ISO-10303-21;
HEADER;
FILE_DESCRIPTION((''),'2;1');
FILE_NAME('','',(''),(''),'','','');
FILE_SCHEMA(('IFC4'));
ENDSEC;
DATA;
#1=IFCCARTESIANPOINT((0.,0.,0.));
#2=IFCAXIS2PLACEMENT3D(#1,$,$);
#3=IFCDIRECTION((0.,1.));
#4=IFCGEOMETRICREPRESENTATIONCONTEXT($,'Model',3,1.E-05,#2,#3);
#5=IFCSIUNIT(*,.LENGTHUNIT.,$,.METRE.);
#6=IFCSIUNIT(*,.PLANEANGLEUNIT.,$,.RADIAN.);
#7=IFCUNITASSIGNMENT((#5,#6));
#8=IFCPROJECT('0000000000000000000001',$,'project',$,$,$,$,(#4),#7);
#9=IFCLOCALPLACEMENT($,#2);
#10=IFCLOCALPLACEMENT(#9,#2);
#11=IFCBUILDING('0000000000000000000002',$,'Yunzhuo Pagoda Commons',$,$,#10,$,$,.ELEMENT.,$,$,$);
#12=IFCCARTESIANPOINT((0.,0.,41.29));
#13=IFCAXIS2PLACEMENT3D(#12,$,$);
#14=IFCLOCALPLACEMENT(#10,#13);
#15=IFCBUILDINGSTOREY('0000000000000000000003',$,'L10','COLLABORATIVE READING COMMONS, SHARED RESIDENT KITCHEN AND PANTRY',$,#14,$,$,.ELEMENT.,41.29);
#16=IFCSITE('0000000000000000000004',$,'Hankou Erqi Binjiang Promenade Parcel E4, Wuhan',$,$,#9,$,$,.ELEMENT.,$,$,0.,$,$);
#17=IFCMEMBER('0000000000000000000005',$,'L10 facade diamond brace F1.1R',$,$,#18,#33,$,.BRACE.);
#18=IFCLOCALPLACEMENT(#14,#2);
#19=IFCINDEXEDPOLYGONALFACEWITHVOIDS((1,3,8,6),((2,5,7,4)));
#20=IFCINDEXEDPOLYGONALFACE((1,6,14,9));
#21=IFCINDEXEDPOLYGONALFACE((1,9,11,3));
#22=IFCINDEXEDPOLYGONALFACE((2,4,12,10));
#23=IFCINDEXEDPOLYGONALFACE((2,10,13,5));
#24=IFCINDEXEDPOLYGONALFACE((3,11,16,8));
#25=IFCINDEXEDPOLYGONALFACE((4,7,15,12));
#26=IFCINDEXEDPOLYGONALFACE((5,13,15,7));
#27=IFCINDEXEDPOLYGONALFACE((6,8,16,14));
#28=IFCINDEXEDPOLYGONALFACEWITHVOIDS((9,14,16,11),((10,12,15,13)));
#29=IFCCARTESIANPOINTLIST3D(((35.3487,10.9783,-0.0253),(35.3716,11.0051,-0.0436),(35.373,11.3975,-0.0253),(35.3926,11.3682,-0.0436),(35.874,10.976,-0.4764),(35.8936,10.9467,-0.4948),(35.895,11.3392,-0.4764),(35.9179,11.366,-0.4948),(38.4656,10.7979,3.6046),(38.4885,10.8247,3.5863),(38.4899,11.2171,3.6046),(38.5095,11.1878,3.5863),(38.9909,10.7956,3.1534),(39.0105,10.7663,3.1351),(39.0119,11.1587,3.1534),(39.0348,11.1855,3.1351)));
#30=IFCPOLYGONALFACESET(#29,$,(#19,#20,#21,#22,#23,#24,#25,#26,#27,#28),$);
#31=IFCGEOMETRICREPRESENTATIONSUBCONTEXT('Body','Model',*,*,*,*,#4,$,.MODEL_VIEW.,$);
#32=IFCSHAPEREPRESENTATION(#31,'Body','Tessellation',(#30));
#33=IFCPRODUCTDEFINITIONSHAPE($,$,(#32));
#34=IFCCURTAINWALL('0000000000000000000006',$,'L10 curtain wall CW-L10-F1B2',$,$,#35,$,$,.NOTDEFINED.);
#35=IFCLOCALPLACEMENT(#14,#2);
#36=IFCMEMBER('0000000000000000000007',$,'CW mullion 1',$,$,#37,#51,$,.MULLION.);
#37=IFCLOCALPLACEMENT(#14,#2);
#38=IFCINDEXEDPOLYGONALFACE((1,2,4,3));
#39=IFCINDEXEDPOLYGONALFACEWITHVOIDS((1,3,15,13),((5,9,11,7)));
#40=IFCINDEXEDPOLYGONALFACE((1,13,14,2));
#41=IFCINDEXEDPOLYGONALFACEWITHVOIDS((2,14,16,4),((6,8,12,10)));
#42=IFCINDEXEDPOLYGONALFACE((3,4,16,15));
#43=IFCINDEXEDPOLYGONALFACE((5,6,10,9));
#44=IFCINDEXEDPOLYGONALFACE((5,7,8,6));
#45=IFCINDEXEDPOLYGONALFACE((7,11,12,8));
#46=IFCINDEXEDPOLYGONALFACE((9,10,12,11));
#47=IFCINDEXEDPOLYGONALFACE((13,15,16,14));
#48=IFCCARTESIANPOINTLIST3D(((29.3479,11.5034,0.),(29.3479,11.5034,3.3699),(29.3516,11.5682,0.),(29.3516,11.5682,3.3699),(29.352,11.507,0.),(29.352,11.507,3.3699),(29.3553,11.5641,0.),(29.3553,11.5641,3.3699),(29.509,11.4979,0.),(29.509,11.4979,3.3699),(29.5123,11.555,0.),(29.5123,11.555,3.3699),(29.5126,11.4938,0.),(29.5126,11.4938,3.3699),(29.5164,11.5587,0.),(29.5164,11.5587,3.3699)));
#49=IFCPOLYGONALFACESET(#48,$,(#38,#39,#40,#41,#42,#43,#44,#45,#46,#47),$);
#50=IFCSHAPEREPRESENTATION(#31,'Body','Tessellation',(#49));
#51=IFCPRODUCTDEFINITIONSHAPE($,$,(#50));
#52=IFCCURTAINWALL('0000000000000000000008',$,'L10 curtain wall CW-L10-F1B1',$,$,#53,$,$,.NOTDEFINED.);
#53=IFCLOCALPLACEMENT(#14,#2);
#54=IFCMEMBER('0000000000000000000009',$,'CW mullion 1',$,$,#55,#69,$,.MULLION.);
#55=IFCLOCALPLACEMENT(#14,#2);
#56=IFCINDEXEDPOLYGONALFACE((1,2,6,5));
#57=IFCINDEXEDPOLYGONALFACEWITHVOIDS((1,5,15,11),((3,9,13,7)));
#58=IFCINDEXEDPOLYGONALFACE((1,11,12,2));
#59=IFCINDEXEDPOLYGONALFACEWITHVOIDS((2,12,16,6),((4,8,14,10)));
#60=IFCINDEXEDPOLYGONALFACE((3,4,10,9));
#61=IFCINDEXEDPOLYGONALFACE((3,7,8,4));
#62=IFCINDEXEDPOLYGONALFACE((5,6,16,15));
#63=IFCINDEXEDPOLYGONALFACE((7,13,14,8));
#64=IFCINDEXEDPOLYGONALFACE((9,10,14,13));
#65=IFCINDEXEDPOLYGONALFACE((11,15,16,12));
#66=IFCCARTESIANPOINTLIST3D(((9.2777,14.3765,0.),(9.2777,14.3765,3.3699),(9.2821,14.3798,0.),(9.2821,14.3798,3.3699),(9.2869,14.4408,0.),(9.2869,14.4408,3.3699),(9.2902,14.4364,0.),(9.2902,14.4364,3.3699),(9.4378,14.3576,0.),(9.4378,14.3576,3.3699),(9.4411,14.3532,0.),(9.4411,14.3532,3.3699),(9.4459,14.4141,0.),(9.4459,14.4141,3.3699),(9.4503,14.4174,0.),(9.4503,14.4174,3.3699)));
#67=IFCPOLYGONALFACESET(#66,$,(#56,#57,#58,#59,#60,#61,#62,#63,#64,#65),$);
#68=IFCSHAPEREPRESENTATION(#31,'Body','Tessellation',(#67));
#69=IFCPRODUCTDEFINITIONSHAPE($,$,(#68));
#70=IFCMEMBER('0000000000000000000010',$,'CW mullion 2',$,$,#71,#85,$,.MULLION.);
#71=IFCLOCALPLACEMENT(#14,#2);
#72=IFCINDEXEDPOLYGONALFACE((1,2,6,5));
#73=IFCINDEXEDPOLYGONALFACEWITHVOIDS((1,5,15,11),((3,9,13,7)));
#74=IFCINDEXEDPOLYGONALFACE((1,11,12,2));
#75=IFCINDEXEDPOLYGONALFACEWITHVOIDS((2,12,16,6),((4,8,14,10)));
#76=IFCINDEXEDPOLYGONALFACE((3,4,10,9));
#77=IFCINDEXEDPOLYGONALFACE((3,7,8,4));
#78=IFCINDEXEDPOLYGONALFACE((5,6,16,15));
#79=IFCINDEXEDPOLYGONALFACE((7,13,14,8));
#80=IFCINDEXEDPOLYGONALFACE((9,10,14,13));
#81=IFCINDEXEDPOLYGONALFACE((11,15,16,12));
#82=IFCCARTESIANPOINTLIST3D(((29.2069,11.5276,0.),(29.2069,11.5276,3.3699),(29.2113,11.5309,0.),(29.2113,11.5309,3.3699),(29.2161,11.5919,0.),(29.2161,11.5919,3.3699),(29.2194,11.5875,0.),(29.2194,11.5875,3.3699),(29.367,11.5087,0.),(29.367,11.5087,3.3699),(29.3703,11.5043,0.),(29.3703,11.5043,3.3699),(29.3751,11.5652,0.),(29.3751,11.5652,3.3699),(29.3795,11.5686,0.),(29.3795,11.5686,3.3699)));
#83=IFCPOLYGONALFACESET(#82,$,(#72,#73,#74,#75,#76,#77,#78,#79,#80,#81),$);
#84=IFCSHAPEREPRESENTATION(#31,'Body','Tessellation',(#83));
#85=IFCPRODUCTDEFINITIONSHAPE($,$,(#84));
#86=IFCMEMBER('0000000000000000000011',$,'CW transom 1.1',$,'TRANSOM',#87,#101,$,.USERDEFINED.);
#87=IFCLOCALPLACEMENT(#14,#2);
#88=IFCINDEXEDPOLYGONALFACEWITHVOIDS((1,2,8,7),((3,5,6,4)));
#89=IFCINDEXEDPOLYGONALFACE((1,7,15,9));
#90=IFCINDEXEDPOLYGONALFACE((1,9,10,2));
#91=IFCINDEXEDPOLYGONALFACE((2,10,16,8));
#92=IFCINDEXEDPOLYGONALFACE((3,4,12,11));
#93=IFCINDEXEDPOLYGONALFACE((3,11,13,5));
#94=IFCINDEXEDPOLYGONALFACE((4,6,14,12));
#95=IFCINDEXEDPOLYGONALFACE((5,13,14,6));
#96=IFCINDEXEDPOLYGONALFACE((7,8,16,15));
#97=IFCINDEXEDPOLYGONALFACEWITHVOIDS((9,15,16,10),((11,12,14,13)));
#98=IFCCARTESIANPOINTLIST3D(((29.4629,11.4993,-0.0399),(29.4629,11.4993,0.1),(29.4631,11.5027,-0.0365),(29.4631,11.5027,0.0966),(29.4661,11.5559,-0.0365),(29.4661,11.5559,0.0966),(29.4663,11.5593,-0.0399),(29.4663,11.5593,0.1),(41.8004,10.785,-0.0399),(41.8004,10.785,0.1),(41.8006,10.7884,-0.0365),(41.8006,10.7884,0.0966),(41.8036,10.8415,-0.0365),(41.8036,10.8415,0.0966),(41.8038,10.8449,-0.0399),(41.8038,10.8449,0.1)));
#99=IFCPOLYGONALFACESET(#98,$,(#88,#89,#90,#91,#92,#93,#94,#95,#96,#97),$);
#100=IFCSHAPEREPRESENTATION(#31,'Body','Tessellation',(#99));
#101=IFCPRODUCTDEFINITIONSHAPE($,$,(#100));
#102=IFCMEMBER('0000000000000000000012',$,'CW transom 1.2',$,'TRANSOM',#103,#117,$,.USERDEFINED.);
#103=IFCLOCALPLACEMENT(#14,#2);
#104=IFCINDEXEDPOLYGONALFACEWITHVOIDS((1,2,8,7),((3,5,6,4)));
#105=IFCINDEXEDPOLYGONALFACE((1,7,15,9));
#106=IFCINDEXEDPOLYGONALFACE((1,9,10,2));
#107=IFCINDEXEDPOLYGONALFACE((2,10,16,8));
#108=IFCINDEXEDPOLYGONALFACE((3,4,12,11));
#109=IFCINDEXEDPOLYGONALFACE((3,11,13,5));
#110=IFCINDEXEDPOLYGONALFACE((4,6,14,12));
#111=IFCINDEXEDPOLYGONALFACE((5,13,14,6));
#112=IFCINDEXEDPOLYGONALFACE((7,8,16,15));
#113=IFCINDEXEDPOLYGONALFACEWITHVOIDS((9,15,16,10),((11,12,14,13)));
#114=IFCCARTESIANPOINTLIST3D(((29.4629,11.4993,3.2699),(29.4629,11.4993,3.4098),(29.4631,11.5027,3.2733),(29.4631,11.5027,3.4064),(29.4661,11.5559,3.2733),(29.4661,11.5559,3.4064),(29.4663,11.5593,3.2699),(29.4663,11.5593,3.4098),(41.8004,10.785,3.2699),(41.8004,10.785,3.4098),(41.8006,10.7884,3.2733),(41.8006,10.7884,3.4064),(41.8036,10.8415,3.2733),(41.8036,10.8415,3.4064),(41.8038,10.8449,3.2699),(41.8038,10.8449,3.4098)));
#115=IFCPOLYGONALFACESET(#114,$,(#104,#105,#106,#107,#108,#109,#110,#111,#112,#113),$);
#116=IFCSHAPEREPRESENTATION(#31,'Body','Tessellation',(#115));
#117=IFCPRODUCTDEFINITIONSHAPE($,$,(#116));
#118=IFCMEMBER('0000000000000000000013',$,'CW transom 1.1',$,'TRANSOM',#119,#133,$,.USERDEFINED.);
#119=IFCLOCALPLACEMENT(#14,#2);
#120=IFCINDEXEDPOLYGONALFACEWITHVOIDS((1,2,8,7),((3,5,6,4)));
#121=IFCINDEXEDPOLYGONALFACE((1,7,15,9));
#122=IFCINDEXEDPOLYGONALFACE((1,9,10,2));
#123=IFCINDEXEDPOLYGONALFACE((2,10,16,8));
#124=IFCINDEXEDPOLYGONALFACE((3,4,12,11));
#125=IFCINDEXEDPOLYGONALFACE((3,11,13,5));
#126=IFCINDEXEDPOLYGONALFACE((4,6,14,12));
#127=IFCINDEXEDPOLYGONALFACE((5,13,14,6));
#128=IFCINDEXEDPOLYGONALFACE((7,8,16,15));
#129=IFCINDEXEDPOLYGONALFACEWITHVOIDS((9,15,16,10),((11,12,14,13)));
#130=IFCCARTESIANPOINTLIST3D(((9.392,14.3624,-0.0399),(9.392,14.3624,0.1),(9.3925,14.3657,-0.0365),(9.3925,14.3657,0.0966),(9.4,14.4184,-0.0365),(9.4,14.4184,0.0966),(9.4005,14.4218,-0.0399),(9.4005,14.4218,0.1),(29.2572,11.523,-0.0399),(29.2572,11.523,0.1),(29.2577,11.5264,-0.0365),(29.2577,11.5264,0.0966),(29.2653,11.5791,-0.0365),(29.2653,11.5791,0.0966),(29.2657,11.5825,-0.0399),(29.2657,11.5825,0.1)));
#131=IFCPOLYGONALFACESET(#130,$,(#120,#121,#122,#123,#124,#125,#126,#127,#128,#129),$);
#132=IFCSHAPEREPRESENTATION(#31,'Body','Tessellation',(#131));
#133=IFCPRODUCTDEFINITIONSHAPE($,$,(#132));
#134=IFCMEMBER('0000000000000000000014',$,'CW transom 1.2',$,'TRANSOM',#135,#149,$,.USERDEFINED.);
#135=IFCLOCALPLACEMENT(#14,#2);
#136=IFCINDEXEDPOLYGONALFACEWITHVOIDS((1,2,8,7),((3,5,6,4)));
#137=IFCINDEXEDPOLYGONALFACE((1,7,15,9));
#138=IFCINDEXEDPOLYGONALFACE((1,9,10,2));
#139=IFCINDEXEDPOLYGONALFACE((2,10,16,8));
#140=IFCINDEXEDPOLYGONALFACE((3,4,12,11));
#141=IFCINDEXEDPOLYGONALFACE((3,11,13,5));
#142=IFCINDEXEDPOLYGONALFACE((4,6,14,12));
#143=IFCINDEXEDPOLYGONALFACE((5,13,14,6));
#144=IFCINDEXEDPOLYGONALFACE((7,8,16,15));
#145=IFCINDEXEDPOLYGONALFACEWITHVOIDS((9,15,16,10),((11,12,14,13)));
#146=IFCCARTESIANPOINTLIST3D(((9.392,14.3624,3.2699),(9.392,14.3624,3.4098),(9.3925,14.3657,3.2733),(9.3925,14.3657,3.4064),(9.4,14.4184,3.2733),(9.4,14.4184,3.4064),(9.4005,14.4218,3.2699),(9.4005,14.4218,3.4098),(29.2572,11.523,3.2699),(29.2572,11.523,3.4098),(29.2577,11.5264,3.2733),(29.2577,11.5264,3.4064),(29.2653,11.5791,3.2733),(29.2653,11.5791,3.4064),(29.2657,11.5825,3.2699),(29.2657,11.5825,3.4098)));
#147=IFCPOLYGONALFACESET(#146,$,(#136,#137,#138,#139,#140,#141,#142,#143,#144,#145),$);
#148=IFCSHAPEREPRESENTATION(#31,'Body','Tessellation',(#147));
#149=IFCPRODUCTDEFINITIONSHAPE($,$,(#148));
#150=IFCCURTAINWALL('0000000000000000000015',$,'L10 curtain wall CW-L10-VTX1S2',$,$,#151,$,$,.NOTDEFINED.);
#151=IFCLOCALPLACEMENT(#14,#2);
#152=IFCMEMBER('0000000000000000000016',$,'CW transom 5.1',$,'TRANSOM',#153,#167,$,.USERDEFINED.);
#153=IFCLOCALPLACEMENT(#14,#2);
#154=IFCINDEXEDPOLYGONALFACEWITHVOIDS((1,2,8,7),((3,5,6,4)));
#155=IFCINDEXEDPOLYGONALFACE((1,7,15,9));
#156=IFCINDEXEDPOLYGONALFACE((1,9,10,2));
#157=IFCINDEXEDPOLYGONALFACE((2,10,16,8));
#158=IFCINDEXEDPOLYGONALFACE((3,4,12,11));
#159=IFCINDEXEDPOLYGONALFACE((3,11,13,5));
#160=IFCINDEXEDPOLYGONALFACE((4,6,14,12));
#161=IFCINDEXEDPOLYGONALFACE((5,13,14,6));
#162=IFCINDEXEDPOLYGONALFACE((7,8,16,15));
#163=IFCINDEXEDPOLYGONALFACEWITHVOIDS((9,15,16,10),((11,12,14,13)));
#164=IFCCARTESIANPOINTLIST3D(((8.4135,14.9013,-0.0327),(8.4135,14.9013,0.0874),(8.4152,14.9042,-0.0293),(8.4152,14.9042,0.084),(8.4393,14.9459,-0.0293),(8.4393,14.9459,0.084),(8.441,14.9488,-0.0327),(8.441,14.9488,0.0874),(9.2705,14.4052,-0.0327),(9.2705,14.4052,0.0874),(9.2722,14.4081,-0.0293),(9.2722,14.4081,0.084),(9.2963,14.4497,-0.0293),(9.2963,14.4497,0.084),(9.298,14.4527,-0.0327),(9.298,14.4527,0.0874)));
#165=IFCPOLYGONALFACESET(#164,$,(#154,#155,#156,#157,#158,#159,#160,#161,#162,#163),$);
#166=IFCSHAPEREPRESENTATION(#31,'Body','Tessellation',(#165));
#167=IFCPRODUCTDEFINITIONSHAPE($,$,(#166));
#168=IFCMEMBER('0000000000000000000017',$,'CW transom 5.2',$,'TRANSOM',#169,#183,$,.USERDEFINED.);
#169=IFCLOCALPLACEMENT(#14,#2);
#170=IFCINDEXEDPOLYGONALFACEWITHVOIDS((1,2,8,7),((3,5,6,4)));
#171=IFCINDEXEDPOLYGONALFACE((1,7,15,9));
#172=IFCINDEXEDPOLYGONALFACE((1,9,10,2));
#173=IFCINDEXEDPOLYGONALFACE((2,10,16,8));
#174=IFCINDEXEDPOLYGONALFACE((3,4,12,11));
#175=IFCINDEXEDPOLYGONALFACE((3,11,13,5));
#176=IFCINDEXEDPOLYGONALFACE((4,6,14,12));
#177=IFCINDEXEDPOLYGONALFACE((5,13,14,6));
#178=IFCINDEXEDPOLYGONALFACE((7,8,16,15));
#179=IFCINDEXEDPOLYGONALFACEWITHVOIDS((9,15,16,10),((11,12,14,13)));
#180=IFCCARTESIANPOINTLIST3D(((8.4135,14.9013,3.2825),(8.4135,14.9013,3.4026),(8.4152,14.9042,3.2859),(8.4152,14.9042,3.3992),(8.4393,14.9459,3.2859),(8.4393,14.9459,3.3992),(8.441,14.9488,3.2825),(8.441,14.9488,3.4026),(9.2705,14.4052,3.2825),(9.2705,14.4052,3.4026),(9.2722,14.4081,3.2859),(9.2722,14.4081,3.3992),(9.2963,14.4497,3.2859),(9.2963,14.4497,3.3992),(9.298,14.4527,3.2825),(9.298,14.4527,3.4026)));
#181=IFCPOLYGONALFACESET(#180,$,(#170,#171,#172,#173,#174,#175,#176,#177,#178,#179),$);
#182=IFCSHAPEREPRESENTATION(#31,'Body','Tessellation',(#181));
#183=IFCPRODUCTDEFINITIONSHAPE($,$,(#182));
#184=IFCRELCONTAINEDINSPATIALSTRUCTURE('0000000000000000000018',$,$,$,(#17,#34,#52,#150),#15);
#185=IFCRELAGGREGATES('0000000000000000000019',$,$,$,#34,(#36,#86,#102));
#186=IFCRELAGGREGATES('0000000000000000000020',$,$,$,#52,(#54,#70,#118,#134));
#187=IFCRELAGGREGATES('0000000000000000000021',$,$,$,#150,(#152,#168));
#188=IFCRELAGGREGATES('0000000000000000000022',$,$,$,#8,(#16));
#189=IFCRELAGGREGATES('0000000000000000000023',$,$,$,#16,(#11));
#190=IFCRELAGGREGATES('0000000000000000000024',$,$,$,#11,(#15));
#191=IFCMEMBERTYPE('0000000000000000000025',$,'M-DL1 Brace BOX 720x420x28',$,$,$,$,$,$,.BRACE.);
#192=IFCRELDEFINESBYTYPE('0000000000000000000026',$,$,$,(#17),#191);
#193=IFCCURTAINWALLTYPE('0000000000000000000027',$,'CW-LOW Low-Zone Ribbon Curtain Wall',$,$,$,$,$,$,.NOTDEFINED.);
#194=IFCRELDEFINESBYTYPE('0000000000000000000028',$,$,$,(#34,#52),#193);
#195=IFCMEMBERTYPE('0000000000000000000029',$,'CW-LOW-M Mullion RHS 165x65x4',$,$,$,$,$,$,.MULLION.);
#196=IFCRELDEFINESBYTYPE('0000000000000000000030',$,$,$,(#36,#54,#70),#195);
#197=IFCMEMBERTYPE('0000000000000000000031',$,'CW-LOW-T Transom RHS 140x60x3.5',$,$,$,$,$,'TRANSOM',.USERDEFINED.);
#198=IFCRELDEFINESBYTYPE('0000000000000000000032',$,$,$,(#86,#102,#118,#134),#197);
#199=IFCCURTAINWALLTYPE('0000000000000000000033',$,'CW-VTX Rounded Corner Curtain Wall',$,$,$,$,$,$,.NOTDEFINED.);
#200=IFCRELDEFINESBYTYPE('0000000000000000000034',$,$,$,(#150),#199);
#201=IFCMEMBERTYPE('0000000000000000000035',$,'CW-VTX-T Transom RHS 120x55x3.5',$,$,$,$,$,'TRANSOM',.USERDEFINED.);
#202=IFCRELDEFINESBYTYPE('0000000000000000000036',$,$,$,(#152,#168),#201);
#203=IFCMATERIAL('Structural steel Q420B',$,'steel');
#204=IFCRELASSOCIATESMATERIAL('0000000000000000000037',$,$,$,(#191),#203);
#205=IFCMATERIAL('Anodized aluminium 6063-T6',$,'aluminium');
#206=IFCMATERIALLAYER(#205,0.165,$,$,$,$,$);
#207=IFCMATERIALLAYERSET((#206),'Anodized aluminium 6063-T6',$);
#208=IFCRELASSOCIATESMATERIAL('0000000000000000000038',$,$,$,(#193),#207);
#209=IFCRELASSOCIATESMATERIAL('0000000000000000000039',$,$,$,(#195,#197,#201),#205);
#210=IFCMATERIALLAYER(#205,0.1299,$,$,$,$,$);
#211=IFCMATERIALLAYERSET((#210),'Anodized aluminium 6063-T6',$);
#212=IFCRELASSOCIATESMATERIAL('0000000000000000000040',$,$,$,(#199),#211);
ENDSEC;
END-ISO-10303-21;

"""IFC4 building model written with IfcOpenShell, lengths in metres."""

from ifc_helpers import new_model, si_unit, direction, frame, origin, origin_2d, place, context, subcontext, project, spatial, hollow_rectangle, extrude, source, transform, mapped, material, layer, layer_set, material_profile, profile_set, type_object, element, aggregate, save


model = new_model("IFC4")

# Units and contexts
model_context = context("Model", 3, precision=1e-05, world=origin(), true_north=direction((0.0, 1.0)))
body_context = subcontext(model_context, "Body", "Model", "MODEL_VIEW")
ifc_project = project(units=[si_unit("LENGTHUNIT", "METRE"), si_unit("PLANEANGLEUNIT", "RADIAN")], contexts=[model_context])

# Site, building, storey
site_placement = place(None, origin())
site = spatial("IfcSite", under=ifc_project, at=site_placement, Name="Hankou Erqi Binjiang Promenade Parcel E4, Wuhan", CompositionType="ELEMENT", RefElevation=0.0)
building_placement = place(site_placement, origin())
building = spatial("IfcBuilding", under=site, at=building_placement, Name="Yunzhuo Pagoda Commons", CompositionType="ELEMENT")
storey_placement = place(building_placement, frame((0.0, 0.0, 41.29)))
storey = spatial("IfcBuildingStorey", under=building, at=storey_placement, Name="L10", Description="COLLABORATIVE READING COMMONS, SHARED RESIDENT KITCHEN AND PANTRY", CompositionType="ELEMENT", Elevation=41.29)

# Shared definitions
ifc_material_1 = material(Name="Structural steel Q420B", Category="steel")

# Member
ifc_material_profile_1 = material_profile(ifc_material_1, hollow_rectangle(XDim=0.4199, YDim=0.72, WallThickness=0.0281, at=origin_2d()), Name="Structural steel Q420B")
ifc_profile_set_1 = profile_set([ifc_material_profile_1], Name="Structural steel Q420B")
member_type_1 = type_object("IfcMemberType", Name="M-DL1 Brace BOX 720x420x28", PredefinedType="BRACE", material=ifc_profile_set_1)
shared_shape_1 = source(origin(), body_context, "Body", "SweptSolid", [
    extrude(hollow_rectangle(XDim=0.4199, YDim=0.72, WallThickness=0.0281, at=origin_2d()), origin(), (0.0, 0.0, 1.0), 4.7878),
])
for number, where, z_axis, x_axis, name in (
    (1, (35.6333, 11.1721, -0.26), (0.651005, -0.037683, 0.758138), (0.057787, 0.998329, 0.0), "L10 facade diamond brace F1.1R"),
):
    element("IfcMember", number, at=place(storey_placement, frame(where, z_axis=z_axis, x_axis=x_axis)), inside=storey, type_object=member_type_1, Name=name, PredefinedType="BRACE", context=body_context, shape_type="MappedRepresentation", body=[
        mapped(shared_shape_1, transform((0.0, 0.0, 0.0), scale=1.0)),
    ])

# Curtain wall, member
ifc_material_2 = material(Name="Anodized aluminium 6063-T6", Category="aluminium")
ifc_layer_1 = layer(ifc_material_2, 0.165)
ifc_layer_set_1 = layer_set([ifc_layer_1], Name="Anodized aluminium 6063-T6")
curtain_wall_type_1 = type_object("IfcCurtainWallType", Name="CW-LOW Low-Zone Ribbon Curtain Wall", PredefinedType="NOTDEFINED", material=ifc_layer_set_1)
curtain_wall_1_placement = place(storey_placement, origin())
curtain_wall_1 = element("IfcCurtainWall", 2, at=curtain_wall_1_placement, inside=storey, type_object=curtain_wall_type_1, Name="L10 curtain wall CW-L10-F1B2", PredefinedType="NOTDEFINED")
ifc_material_profile_2 = material_profile(ifc_material_2, hollow_rectangle(XDim=0.0649, YDim=0.165, WallThickness=0.0039, at=origin_2d()), Name="Anodized aluminium 6063-T6")
ifc_profile_set_2 = profile_set([ifc_material_profile_2], Name="Anodized aluminium 6063-T6")
member_type_2 = type_object("IfcMemberType", Name="CW-LOW-M Mullion RHS 165x65x4", PredefinedType="MULLION", material=ifc_profile_set_2)
shared_shape_2 = source(origin(), body_context, "Body", "SweptSolid", [
    extrude(hollow_rectangle(XDim=0.0649, YDim=0.165, WallThickness=0.0039, at=origin_2d()), origin(), (0.0, 0.0, 1.0), 3.3699),
])
member_1_placement = place(storey_placement, frame((29.4321, 11.531, 0.0), z_axis=(0.0, 0.0, 1.0), x_axis=(0.057791, 0.998329, 0.0)))
member_1 = element("IfcMember", 3, at=member_1_placement, type_object=member_type_2, Name="CW mullion 1", PredefinedType="MULLION", context=body_context, shape_type="MappedRepresentation", body=[
    mapped(shared_shape_2, transform((0.0, 0.0, 0.0), scale=1.0)),
])

# Curtain wall, members
curtain_wall_2_placement = place(storey_placement, origin())
curtain_wall_2 = element("IfcCurtainWall", 4, at=curtain_wall_2_placement, inside=storey, type_object=curtain_wall_type_1, Name="L10 curtain wall CW-L10-F1B1", PredefinedType="NOTDEFINED")
member_2_placement = place(storey_placement, frame((9.364, 14.397, 0.0), z_axis=(0.0, 0.0, 1.0), x_axis=(0.141493, 0.989939, 0.0)))
member_2 = element("IfcMember", 5, at=member_2_placement, type_object=member_type_2, Name="CW mullion 1", PredefinedType="MULLION", context=body_context, shape_type="MappedRepresentation", body=[
    mapped(shared_shape_2, transform((0.0, 0.0, 0.0), scale=1.0)),
])
member_3_placement = place(storey_placement, frame((29.2932, 11.5481, 0.0), z_axis=(0.0, 0.0, 1.0), x_axis=(0.141493, 0.989939, 0.0)))
member_3 = element("IfcMember", 6, at=member_3_placement, type_object=member_type_2, Name="CW mullion 2", PredefinedType="MULLION", context=body_context, shape_type="MappedRepresentation", body=[
    mapped(shared_shape_2, transform((0.0, 0.0, 0.0), scale=1.0)),
])

# Members
ifc_material_profile_3 = material_profile(ifc_material_2, hollow_rectangle(XDim=0.0601, YDim=0.1399, WallThickness=0.0034, at=origin_2d()), Name="Anodized aluminium 6063-T6")
ifc_profile_set_3 = profile_set([ifc_material_profile_3], Name="Anodized aluminium 6063-T6")
member_type_3 = type_object("IfcMemberType", Name="CW-LOW-T Transom RHS 140x60x3.5", ElementType="TRANSOM", PredefinedType="USERDEFINED", material=ifc_profile_set_3)
shared_shape_3 = source(origin(), body_context, "Body", "SweptSolid", [
    extrude(hollow_rectangle(XDim=0.0601, YDim=0.1399, WallThickness=0.0034, at=origin_2d()), origin(), (0.0, 0.0, 1.0), 12.3582),
])
member_4_placement = place(storey_placement, frame((29.4646, 11.5293, 0.03), z_axis=(0.998328, -0.057805, 0.0), x_axis=(0.057805, 0.998328, 0.0)))
member_4 = element("IfcMember", 7, at=member_4_placement, type_object=member_type_3, Name="CW transom 1.1", ObjectType="TRANSOM", PredefinedType="USERDEFINED", context=body_context, shape_type="MappedRepresentation", body=[
    mapped(shared_shape_3, transform((0.0, 0.0, 0.0), scale=1.0)),
])
member_5_placement = place(storey_placement, frame((29.4646, 11.5293, 3.3398), z_axis=(0.998328, -0.057805, 0.0), x_axis=(0.057805, 0.998328, 0.0)))
member_5 = element("IfcMember", 8, at=member_5_placement, type_object=member_type_3, Name="CW transom 1.2", ObjectType="TRANSOM", PredefinedType="USERDEFINED", context=body_context, shape_type="MappedRepresentation", body=[
    mapped(shared_shape_3, transform((0.0, 0.0, 0.0), scale=1.0)),
])
shared_shape_4 = source(origin(), body_context, "Body", "SweptSolid", [
    extrude(hollow_rectangle(XDim=0.0601, YDim=0.1399, WallThickness=0.0034, at=origin_2d()), origin(), (0.0, 0.0, 1.0), 20.0671),
])
member_6_placement = place(storey_placement, frame((9.3962, 14.3921, 0.03), z_axis=(0.989939, -0.141493, 0.0), x_axis=(0.141493, 0.989939, 0.0)))
member_6 = element("IfcMember", 9, at=member_6_placement, type_object=member_type_3, Name="CW transom 1.1", ObjectType="TRANSOM", PredefinedType="USERDEFINED", context=body_context, shape_type="MappedRepresentation", body=[
    mapped(shared_shape_4, transform((0.0, 0.0, 0.0), scale=1.0)),
])
member_7_placement = place(storey_placement, frame((9.3962, 14.3921, 3.3398), z_axis=(0.989939, -0.141493, 0.0), x_axis=(0.141493, 0.989939, 0.0)))
member_7 = element("IfcMember", 10, at=member_7_placement, type_object=member_type_3, Name="CW transom 1.2", ObjectType="TRANSOM", PredefinedType="USERDEFINED", context=body_context, shape_type="MappedRepresentation", body=[
    mapped(shared_shape_4, transform((0.0, 0.0, 0.0), scale=1.0)),
])

# Curtain wall, members
ifc_layer_2 = layer(ifc_material_2, 0.1299)
ifc_layer_set_2 = layer_set([ifc_layer_2], Name="Anodized aluminium 6063-T6")
curtain_wall_type_2 = type_object("IfcCurtainWallType", Name="CW-VTX Rounded Corner Curtain Wall", PredefinedType="NOTDEFINED", material=ifc_layer_set_2)
curtain_wall_3_placement = place(storey_placement, origin())
curtain_wall_3 = element("IfcCurtainWall", 11, at=curtain_wall_3_placement, inside=storey, type_object=curtain_wall_type_2, Name="L10 curtain wall CW-L10-VTX1S2", PredefinedType="NOTDEFINED")
ifc_material_profile_4 = material_profile(ifc_material_2, hollow_rectangle(XDim=0.0549, YDim=0.1201, WallThickness=0.0034, at=origin_2d()), Name="Anodized aluminium 6063-T6")
ifc_profile_set_4 = profile_set([ifc_material_profile_4], Name="Anodized aluminium 6063-T6")
member_type_4 = type_object("IfcMemberType", Name="CW-VTX-T Transom RHS 120x55x3.5", ElementType="TRANSOM", PredefinedType="USERDEFINED", material=ifc_profile_set_4)
shared_shape_5 = source(origin(), body_context, "Body", "SweptSolid", [
    extrude(hollow_rectangle(XDim=0.0549, YDim=0.1201, WallThickness=0.0034, at=origin_2d()), origin(), (0.0, 0.0, 1.0), 0.9902),
])
member_8_placement = place(storey_placement, frame((8.4272, 14.925, 0.0273), z_axis=(0.865438, -0.501017, 0.0), x_axis=(0.501017, 0.865438, 0.0)))
member_8 = element("IfcMember", 12, at=member_8_placement, type_object=member_type_4, Name="CW transom 5.1", ObjectType="TRANSOM", PredefinedType="USERDEFINED", context=body_context, shape_type="MappedRepresentation", body=[
    mapped(shared_shape_5, transform((0.0, 0.0, 0.0), scale=1.0)),
])
member_9_placement = place(storey_placement, frame((8.4272, 14.925, 3.3425), z_axis=(0.865438, -0.501017, 0.0), x_axis=(0.501017, 0.865438, 0.0)))
member_9 = element("IfcMember", 13, at=member_9_placement, type_object=member_type_4, Name="CW transom 5.2", ObjectType="TRANSOM", PredefinedType="USERDEFINED", context=body_context, shape_type="MappedRepresentation", body=[
    mapped(shared_shape_5, transform((0.0, 0.0, 0.0), scale=1.0)),
])

aggregate(curtain_wall_1, [member_1, member_4, member_5])

aggregate(curtain_wall_2, [member_2, member_3, member_6, member_7])
aggregate(curtain_wall_3, [member_8, member_9])

save(model, "model.ifc")
